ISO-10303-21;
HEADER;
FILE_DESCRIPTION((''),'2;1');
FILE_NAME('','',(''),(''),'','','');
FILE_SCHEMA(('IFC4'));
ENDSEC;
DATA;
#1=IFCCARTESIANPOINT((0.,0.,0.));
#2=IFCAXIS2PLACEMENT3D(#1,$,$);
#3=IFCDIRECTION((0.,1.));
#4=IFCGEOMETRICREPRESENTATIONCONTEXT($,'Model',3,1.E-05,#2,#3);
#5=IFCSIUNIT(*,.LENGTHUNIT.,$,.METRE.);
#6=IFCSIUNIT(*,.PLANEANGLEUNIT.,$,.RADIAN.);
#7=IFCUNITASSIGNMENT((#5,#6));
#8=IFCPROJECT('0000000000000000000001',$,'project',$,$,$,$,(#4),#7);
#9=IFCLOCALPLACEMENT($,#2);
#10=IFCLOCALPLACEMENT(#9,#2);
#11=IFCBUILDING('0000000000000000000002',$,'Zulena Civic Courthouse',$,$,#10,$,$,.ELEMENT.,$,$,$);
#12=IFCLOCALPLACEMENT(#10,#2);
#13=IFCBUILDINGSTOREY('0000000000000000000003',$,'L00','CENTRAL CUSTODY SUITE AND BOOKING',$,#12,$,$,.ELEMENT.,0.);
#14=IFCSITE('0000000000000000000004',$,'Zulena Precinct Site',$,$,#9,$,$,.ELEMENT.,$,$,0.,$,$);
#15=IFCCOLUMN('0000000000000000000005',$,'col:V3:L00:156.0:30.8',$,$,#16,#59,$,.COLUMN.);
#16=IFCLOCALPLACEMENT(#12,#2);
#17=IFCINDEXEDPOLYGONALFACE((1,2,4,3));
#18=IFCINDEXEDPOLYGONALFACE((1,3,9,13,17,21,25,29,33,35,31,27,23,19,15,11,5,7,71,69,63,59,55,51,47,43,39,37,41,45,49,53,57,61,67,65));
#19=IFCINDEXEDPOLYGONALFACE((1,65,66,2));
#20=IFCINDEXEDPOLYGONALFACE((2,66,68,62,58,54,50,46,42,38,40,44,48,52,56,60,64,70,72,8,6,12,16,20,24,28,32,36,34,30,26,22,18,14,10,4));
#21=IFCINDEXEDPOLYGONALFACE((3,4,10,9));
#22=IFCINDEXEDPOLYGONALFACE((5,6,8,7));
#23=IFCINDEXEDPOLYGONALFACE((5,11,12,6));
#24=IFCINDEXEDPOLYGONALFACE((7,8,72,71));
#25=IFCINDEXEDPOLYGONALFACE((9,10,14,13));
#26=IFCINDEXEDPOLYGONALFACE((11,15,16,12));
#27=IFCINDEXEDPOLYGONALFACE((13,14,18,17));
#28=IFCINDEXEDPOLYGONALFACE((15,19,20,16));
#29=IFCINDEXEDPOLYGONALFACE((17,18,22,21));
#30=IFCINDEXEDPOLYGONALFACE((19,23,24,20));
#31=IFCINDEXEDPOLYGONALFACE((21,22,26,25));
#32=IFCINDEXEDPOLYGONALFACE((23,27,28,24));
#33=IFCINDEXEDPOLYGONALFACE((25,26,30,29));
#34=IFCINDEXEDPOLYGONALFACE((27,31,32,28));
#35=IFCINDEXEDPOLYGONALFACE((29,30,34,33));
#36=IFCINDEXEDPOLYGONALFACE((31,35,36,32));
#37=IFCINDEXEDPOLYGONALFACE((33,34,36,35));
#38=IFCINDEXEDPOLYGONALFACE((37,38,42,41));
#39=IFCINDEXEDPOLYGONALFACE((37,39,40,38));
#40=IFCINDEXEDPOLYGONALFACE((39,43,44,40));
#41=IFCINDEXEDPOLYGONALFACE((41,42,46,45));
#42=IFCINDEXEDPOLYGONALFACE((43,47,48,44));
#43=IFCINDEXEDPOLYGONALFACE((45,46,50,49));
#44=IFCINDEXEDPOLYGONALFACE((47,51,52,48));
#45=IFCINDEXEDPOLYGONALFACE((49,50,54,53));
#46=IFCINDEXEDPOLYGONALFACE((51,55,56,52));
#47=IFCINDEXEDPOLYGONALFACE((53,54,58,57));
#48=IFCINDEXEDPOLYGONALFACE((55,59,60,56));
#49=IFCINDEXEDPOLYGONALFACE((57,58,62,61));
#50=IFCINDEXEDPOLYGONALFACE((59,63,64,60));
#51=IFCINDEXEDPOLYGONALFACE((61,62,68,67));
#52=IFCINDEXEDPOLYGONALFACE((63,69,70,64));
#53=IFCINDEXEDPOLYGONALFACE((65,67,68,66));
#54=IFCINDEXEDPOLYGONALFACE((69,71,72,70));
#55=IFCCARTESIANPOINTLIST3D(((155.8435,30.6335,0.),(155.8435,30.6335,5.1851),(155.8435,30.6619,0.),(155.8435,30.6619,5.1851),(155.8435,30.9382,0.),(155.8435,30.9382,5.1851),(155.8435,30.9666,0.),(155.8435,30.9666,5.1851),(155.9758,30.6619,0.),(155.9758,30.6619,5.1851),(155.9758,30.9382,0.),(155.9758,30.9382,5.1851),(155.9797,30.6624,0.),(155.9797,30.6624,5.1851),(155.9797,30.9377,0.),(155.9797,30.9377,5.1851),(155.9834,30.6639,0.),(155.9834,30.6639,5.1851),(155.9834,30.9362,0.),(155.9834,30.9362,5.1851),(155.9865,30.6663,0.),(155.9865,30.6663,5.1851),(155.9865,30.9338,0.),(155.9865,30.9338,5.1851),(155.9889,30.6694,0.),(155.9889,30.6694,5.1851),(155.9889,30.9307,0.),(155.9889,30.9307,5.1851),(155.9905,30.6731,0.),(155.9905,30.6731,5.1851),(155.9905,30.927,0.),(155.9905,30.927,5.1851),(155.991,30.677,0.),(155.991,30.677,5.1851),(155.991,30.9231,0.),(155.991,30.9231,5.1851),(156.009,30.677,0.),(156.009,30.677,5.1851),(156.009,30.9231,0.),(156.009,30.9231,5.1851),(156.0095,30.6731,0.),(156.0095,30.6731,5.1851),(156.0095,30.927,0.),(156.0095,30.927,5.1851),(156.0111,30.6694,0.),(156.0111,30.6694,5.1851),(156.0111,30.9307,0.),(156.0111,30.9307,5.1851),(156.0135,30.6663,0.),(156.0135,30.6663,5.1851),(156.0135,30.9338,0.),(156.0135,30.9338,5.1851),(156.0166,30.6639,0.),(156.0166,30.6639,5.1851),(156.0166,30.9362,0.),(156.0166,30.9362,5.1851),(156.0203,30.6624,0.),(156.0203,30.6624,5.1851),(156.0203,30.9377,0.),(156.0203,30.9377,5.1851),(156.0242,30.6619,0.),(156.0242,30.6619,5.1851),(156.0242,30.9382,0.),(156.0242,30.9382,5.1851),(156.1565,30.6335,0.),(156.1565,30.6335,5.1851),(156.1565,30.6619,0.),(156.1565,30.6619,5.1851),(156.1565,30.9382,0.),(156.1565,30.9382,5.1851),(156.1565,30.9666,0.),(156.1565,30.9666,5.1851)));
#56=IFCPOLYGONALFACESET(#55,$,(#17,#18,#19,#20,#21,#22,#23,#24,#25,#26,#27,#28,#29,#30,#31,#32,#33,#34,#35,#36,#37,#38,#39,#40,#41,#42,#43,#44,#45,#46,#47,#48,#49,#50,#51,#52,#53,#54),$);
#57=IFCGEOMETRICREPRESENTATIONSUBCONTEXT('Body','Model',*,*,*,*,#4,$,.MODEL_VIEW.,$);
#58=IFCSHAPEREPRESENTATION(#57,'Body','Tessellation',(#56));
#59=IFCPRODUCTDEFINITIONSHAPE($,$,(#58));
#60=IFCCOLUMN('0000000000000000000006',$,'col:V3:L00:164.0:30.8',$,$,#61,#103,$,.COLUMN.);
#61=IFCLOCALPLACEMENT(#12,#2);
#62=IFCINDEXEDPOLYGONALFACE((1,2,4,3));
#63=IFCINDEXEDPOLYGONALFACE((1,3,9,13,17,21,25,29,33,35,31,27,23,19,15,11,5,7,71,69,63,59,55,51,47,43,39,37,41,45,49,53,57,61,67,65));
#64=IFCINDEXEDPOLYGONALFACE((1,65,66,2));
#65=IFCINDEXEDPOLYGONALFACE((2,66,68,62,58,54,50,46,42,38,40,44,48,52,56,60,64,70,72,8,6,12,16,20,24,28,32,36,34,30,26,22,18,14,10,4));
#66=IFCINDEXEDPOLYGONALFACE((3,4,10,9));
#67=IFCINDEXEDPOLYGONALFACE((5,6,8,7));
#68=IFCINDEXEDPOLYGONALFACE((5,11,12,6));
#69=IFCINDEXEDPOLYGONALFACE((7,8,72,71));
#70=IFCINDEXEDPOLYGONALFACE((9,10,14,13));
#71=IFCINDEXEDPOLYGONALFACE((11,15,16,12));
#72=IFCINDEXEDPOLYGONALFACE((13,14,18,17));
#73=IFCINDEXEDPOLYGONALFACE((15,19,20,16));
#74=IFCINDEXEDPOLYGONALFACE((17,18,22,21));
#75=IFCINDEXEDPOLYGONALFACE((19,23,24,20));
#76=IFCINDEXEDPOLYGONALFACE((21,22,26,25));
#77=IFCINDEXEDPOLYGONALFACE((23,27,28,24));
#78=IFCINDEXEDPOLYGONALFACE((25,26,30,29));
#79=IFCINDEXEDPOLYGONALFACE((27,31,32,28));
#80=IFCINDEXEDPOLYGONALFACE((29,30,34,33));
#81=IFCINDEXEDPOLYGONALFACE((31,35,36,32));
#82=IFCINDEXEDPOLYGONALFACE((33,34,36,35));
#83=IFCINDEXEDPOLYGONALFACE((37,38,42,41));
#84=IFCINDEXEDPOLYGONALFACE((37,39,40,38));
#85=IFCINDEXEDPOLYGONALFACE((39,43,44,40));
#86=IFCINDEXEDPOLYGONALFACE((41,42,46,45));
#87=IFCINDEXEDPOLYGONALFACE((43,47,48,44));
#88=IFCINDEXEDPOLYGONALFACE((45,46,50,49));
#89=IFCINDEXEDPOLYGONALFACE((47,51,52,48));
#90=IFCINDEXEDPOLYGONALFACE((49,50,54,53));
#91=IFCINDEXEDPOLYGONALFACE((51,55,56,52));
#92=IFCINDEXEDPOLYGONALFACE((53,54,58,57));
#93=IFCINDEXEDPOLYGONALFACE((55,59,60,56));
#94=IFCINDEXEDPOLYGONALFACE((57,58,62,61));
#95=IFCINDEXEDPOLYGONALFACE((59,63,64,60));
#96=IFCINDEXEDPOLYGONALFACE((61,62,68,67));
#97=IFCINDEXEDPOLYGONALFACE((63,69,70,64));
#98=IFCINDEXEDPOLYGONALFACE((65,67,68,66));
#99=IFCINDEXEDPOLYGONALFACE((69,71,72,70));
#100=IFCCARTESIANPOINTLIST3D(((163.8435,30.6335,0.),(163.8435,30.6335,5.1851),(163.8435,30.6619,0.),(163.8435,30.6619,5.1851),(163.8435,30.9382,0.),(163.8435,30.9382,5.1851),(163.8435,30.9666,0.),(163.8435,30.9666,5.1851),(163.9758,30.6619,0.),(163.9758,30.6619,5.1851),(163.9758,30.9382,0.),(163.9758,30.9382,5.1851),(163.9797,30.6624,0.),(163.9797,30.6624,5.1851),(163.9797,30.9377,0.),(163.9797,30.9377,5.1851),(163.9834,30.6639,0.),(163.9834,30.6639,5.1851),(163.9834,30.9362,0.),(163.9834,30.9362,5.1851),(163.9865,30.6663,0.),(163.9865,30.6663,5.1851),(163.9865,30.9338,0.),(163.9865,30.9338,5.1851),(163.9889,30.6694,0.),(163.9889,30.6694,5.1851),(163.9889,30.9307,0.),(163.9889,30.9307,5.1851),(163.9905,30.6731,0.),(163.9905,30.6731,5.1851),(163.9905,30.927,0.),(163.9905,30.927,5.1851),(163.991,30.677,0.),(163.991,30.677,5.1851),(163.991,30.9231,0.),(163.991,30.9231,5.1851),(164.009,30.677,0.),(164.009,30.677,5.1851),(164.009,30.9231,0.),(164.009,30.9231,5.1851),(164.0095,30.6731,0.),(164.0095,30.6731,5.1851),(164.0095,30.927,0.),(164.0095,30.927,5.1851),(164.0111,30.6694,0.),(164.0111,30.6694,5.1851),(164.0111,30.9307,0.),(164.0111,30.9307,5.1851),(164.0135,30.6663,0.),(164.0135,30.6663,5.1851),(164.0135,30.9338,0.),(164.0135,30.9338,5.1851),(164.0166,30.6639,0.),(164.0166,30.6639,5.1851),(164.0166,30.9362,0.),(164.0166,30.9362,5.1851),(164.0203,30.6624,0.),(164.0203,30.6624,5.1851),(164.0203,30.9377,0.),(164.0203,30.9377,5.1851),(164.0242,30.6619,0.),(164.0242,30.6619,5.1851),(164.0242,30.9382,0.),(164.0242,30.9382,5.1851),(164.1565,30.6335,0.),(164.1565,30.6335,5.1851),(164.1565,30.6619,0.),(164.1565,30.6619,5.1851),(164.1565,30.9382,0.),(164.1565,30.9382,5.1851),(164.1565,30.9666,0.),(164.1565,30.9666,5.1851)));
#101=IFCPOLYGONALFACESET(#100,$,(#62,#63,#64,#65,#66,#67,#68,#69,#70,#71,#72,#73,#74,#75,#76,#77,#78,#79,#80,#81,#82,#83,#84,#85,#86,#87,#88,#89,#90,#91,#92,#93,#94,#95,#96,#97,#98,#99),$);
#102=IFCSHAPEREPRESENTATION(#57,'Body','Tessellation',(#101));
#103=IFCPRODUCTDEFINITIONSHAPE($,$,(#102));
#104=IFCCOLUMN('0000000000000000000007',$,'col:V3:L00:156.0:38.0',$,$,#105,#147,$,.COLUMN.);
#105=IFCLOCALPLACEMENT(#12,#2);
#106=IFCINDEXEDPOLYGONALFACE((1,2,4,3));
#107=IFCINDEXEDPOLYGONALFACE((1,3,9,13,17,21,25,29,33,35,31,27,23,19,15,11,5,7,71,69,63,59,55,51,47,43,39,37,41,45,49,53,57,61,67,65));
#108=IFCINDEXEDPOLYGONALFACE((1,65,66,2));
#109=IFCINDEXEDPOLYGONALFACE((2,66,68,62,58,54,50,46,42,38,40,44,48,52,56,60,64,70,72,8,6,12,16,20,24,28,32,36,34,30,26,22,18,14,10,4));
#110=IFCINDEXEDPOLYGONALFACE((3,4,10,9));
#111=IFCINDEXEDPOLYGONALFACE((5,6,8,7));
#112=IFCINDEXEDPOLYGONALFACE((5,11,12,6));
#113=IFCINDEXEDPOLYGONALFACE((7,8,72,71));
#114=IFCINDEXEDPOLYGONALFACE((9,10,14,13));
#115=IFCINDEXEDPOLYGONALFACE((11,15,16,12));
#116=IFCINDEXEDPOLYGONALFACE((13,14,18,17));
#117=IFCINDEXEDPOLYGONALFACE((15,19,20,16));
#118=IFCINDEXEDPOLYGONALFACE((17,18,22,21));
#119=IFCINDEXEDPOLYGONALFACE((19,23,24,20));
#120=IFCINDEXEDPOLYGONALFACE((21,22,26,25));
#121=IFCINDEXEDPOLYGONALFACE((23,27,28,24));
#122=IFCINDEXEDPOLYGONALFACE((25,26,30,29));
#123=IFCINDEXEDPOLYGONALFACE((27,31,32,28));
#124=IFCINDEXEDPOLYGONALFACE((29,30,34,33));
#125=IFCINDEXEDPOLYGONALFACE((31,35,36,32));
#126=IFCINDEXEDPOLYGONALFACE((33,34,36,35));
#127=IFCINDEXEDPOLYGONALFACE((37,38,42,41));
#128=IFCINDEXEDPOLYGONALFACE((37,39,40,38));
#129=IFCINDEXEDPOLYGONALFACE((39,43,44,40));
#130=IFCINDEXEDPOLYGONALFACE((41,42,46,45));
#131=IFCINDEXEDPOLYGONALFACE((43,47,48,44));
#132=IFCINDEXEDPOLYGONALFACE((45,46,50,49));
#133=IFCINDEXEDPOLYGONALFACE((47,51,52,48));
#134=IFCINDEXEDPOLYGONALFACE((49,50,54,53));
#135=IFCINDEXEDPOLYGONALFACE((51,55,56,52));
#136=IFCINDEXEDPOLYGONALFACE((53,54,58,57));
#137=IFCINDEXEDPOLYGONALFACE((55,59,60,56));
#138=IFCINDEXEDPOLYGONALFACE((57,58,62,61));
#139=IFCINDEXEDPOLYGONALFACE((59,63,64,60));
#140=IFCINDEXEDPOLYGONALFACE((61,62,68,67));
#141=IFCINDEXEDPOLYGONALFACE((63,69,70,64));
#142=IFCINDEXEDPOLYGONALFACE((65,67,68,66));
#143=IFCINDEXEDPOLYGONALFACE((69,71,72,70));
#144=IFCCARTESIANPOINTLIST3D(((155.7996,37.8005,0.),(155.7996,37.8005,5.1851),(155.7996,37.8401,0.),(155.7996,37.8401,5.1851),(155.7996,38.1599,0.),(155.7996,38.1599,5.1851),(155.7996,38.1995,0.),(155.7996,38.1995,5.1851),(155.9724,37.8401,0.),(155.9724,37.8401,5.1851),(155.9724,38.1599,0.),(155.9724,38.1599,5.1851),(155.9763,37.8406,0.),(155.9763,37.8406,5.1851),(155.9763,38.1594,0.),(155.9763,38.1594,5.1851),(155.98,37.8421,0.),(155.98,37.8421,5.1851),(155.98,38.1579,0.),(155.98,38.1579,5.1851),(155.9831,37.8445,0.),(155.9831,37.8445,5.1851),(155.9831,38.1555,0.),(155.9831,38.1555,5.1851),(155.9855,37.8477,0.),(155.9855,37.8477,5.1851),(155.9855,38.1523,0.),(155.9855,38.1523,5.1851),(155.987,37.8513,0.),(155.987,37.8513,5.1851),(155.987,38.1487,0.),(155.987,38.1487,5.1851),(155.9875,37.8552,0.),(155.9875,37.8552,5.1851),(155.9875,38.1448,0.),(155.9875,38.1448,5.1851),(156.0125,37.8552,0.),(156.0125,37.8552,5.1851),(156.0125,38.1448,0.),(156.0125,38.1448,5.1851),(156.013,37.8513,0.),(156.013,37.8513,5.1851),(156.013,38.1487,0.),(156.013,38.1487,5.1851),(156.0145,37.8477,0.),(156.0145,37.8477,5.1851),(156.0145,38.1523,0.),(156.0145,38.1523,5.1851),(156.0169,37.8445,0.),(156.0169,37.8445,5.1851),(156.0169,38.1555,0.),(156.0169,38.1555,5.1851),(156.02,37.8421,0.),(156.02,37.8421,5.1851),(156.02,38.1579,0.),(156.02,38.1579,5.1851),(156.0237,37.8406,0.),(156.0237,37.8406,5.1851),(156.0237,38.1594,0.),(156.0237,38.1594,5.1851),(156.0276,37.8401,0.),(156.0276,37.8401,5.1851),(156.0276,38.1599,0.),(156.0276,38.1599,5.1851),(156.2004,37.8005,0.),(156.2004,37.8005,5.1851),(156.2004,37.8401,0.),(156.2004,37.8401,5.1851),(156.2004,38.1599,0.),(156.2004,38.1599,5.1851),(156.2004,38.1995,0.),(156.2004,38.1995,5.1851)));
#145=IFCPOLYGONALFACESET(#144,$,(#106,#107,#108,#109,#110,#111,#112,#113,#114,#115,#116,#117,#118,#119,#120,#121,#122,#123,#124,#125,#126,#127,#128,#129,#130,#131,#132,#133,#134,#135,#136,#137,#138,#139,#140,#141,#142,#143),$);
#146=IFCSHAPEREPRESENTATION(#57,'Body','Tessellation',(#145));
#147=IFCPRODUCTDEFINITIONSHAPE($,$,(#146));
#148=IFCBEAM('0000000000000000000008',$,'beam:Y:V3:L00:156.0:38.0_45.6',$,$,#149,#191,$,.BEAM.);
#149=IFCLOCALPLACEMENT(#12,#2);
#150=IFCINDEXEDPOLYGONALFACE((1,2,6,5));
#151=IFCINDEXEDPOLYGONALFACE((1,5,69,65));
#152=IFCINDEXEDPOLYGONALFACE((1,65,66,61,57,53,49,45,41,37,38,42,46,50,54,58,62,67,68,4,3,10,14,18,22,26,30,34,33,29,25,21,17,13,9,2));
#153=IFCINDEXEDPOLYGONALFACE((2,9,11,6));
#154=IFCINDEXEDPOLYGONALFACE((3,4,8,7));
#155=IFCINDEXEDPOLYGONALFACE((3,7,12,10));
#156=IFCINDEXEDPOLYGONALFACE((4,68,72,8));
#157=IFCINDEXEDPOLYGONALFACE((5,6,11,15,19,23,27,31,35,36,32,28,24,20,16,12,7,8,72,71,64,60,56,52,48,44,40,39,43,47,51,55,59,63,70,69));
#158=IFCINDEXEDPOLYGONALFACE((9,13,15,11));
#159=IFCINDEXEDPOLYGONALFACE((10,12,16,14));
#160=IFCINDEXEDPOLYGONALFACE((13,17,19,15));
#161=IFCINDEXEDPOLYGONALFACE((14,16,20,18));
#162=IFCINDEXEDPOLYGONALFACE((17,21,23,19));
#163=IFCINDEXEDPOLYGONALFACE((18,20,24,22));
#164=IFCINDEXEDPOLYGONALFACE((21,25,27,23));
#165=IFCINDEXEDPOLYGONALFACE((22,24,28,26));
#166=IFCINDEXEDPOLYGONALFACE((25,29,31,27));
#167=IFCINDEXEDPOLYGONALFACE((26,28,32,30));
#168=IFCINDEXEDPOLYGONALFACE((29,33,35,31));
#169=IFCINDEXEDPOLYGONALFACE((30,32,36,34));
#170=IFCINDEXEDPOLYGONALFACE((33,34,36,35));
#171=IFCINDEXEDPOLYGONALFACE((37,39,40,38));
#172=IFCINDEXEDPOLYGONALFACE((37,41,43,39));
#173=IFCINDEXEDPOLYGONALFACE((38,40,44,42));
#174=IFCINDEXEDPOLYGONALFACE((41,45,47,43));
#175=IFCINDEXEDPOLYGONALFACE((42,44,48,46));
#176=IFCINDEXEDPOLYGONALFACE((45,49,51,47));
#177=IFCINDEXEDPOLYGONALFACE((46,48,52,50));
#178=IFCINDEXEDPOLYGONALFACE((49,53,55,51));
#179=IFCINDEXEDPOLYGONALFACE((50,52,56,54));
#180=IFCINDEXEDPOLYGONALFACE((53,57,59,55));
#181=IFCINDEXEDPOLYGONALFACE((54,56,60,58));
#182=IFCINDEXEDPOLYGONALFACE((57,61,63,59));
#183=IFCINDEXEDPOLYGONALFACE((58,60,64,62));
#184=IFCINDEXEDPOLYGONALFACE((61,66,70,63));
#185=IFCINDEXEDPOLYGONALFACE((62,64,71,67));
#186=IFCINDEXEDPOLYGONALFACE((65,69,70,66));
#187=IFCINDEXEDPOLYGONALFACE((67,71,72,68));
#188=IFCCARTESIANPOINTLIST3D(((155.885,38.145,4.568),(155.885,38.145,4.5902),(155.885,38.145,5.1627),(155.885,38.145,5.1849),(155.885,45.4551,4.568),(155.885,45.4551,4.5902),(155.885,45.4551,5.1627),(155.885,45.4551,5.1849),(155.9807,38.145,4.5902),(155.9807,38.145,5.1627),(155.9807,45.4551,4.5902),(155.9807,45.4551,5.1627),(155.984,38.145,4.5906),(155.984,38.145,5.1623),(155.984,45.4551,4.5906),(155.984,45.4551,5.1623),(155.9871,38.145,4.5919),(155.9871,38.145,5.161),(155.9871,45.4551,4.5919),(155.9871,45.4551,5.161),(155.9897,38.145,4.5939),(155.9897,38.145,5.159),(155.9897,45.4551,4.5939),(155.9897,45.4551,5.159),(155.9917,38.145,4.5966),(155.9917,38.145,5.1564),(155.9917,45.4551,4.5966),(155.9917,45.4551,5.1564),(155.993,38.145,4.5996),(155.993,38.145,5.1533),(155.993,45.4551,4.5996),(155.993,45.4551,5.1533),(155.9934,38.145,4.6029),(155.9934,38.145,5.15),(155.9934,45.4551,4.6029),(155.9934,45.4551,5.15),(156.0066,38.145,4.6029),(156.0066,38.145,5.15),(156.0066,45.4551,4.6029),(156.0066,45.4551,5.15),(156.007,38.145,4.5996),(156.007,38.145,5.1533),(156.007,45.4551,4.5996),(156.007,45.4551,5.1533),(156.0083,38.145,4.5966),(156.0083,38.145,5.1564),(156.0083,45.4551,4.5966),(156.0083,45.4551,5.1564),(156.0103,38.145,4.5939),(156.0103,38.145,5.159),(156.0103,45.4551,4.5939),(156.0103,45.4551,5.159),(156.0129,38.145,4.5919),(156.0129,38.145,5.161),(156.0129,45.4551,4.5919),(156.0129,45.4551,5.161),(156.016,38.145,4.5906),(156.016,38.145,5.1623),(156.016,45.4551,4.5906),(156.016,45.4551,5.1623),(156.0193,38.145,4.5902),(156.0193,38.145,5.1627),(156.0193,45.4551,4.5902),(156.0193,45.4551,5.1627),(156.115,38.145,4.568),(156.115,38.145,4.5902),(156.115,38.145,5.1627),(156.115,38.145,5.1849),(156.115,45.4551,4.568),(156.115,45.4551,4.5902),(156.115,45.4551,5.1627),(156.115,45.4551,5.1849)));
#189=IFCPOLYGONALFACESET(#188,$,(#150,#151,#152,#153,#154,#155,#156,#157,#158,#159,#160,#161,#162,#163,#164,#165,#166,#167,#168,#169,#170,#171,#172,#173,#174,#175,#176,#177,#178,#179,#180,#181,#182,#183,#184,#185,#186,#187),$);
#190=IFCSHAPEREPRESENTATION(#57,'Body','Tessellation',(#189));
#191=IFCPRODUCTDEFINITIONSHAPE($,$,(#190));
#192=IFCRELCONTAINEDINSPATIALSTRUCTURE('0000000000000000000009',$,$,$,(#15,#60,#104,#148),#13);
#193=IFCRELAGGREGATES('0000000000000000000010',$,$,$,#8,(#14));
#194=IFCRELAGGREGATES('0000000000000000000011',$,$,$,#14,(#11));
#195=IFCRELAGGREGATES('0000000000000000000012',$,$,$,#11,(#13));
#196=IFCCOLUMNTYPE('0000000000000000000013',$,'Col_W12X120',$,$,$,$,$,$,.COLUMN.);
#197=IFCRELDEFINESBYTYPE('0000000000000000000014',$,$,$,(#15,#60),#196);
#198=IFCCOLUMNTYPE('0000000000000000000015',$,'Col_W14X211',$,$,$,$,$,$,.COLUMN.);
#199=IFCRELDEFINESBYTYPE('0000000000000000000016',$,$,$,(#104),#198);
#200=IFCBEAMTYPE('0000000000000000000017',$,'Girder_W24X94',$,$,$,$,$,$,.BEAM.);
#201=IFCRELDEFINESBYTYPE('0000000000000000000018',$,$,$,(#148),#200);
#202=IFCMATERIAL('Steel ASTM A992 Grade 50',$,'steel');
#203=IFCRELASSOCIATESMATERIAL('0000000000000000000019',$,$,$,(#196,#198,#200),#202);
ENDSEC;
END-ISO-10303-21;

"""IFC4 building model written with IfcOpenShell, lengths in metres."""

from ifc_helpers import new_model, si_unit, direction, frame, origin, origin_2d, place, context, subcontext, project, spatial, i_section, extrude, material, material_profile, profile_set, type_object, element, save


model = new_model("IFC4")

# Units and contexts
model_context = context("Model", 3, precision=1e-05, world=origin(), true_north=direction((0.0, 1.0)))
body_context = subcontext(model_context, "Body", "Model", "MODEL_VIEW")
ifc_project = project(units=[si_unit("LENGTHUNIT", "METRE"), si_unit("PLANEANGLEUNIT", "RADIAN")], contexts=[model_context])

# Site, building, storey
site_placement = place(None, origin())
site = spatial("IfcSite", under=ifc_project, at=site_placement, Name="Zulena Precinct Site", CompositionType="ELEMENT", RefElevation=0.0)
building_placement = place(site_placement, origin())
building = spatial("IfcBuilding", under=site, at=building_placement, Name="Zulena Civic Courthouse", CompositionType="ELEMENT")
storey_placement = place(building_placement, origin())
storey = spatial("IfcBuildingStorey", under=building, at=storey_placement, Name="L00", Description="CENTRAL CUSTODY SUITE AND BOOKING", CompositionType="ELEMENT", Elevation=0.0)

# Columns
ifc_material_1 = material(Name="Steel ASTM A992 Grade 50", Category="steel")
ifc_material_profile_1 = material_profile(ifc_material_1, i_section(OverallWidth=0.313, OverallDepth=0.333, WebThickness=0.0181, FlangeThickness=0.0283, FilletRadius=0.0151, at=origin_2d()), Name="W12X120")
ifc_profile_set_1 = profile_set([ifc_material_profile_1], Name="Steel ASTM A992 Grade 50")
column_type_1 = type_object("IfcColumnType", Name="Col_W12X120", PredefinedType="COLUMN", material=ifc_profile_set_1)
for number, where, z_axis, x_axis, name in (
    (1, (156.0, 30.8, 0.0), (0.0, 0.0, 1.0), (1.0, 0.0, 0.0), "col:V3:L00:156.0:30.8"),
    (2, (164.0, 30.8, 0.0), (0.0, 0.0, 1.0), (1.0, 0.0, 0.0), "col:V3:L00:164.0:30.8"),
):
    element("IfcColumn", number, at=place(storey_placement, frame(where, z_axis=z_axis, x_axis=x_axis)), inside=storey, type_object=column_type_1, Name=name, PredefinedType="COLUMN", context=body_context, shape_type="SweptSolid", body=[
        extrude(i_section(OverallWidth=0.313, OverallDepth=0.333, WebThickness=0.0181, FlangeThickness=0.0283, FilletRadius=0.0151, at=origin_2d()), origin(), (0.0, 0.0, 1.0), 5.1851),
    ])
ifc_material_profile_2 = material_profile(ifc_material_1, i_section(OverallWidth=0.4009, OverallDepth=0.3989, WebThickness=0.0249, FlangeThickness=0.0396, FilletRadius=0.0151, at=origin_2d()), Name="W14X211")
ifc_profile_set_2 = profile_set([ifc_material_profile_2], Name="Steel ASTM A992 Grade 50")
column_type_2 = type_object("IfcColumnType", Name="Col_W14X211", PredefinedType="COLUMN", material=ifc_profile_set_2)
column_placement = place(storey_placement, frame((156.0, 38.0, 0.0), z_axis=(0.0, 0.0, 1.0), x_axis=(1.0, 0.0, 0.0)))
element("IfcColumn", 3, at=column_placement, inside=storey, type_object=column_type_2, Name="col:V3:L00:156.0:38.0", PredefinedType="COLUMN", context=body_context, shape_type="SweptSolid", body=[
    extrude(i_section(OverallWidth=0.4009, OverallDepth=0.3989, WebThickness=0.0249, FlangeThickness=0.0396, FilletRadius=0.0151, at=origin_2d()), origin(), (0.0, 0.0, 1.0), 5.1851),
])

# Beam
ifc_material_profile_3 = material_profile(ifc_material_1, i_section(OverallWidth=0.23, OverallDepth=0.6169, WebThickness=0.0132, FlangeThickness=0.0222, FilletRadius=0.0127, at=origin_2d()), Name="W24X94")
ifc_profile_set_3 = profile_set([ifc_material_profile_3], Name="Steel ASTM A992 Grade 50")
beam_type_1 = type_object("IfcBeamType", Name="Girder_W24X94", PredefinedType="BEAM", material=ifc_profile_set_3)
beam_1_placement = place(storey_placement, frame((156.0, 38.145, 4.8765), z_axis=(0.0, 1.0, 0.0), x_axis=(-1.0, 0.0, 0.0)))
element("IfcBeam", 4, at=beam_1_placement, inside=storey, type_object=beam_type_1, Name="beam:Y:V3:L00:156.0:38.0_45.6", PredefinedType="BEAM", context=body_context, shape_type="SweptSolid", body=[
    extrude(i_section(OverallWidth=0.23, OverallDepth=0.6169, WebThickness=0.0132, FlangeThickness=0.0222, FilletRadius=0.0127, at=origin_2d()), origin(), (0.0, 0.0, 1.0), 7.3101),
])

save(model, "model.ifc")
